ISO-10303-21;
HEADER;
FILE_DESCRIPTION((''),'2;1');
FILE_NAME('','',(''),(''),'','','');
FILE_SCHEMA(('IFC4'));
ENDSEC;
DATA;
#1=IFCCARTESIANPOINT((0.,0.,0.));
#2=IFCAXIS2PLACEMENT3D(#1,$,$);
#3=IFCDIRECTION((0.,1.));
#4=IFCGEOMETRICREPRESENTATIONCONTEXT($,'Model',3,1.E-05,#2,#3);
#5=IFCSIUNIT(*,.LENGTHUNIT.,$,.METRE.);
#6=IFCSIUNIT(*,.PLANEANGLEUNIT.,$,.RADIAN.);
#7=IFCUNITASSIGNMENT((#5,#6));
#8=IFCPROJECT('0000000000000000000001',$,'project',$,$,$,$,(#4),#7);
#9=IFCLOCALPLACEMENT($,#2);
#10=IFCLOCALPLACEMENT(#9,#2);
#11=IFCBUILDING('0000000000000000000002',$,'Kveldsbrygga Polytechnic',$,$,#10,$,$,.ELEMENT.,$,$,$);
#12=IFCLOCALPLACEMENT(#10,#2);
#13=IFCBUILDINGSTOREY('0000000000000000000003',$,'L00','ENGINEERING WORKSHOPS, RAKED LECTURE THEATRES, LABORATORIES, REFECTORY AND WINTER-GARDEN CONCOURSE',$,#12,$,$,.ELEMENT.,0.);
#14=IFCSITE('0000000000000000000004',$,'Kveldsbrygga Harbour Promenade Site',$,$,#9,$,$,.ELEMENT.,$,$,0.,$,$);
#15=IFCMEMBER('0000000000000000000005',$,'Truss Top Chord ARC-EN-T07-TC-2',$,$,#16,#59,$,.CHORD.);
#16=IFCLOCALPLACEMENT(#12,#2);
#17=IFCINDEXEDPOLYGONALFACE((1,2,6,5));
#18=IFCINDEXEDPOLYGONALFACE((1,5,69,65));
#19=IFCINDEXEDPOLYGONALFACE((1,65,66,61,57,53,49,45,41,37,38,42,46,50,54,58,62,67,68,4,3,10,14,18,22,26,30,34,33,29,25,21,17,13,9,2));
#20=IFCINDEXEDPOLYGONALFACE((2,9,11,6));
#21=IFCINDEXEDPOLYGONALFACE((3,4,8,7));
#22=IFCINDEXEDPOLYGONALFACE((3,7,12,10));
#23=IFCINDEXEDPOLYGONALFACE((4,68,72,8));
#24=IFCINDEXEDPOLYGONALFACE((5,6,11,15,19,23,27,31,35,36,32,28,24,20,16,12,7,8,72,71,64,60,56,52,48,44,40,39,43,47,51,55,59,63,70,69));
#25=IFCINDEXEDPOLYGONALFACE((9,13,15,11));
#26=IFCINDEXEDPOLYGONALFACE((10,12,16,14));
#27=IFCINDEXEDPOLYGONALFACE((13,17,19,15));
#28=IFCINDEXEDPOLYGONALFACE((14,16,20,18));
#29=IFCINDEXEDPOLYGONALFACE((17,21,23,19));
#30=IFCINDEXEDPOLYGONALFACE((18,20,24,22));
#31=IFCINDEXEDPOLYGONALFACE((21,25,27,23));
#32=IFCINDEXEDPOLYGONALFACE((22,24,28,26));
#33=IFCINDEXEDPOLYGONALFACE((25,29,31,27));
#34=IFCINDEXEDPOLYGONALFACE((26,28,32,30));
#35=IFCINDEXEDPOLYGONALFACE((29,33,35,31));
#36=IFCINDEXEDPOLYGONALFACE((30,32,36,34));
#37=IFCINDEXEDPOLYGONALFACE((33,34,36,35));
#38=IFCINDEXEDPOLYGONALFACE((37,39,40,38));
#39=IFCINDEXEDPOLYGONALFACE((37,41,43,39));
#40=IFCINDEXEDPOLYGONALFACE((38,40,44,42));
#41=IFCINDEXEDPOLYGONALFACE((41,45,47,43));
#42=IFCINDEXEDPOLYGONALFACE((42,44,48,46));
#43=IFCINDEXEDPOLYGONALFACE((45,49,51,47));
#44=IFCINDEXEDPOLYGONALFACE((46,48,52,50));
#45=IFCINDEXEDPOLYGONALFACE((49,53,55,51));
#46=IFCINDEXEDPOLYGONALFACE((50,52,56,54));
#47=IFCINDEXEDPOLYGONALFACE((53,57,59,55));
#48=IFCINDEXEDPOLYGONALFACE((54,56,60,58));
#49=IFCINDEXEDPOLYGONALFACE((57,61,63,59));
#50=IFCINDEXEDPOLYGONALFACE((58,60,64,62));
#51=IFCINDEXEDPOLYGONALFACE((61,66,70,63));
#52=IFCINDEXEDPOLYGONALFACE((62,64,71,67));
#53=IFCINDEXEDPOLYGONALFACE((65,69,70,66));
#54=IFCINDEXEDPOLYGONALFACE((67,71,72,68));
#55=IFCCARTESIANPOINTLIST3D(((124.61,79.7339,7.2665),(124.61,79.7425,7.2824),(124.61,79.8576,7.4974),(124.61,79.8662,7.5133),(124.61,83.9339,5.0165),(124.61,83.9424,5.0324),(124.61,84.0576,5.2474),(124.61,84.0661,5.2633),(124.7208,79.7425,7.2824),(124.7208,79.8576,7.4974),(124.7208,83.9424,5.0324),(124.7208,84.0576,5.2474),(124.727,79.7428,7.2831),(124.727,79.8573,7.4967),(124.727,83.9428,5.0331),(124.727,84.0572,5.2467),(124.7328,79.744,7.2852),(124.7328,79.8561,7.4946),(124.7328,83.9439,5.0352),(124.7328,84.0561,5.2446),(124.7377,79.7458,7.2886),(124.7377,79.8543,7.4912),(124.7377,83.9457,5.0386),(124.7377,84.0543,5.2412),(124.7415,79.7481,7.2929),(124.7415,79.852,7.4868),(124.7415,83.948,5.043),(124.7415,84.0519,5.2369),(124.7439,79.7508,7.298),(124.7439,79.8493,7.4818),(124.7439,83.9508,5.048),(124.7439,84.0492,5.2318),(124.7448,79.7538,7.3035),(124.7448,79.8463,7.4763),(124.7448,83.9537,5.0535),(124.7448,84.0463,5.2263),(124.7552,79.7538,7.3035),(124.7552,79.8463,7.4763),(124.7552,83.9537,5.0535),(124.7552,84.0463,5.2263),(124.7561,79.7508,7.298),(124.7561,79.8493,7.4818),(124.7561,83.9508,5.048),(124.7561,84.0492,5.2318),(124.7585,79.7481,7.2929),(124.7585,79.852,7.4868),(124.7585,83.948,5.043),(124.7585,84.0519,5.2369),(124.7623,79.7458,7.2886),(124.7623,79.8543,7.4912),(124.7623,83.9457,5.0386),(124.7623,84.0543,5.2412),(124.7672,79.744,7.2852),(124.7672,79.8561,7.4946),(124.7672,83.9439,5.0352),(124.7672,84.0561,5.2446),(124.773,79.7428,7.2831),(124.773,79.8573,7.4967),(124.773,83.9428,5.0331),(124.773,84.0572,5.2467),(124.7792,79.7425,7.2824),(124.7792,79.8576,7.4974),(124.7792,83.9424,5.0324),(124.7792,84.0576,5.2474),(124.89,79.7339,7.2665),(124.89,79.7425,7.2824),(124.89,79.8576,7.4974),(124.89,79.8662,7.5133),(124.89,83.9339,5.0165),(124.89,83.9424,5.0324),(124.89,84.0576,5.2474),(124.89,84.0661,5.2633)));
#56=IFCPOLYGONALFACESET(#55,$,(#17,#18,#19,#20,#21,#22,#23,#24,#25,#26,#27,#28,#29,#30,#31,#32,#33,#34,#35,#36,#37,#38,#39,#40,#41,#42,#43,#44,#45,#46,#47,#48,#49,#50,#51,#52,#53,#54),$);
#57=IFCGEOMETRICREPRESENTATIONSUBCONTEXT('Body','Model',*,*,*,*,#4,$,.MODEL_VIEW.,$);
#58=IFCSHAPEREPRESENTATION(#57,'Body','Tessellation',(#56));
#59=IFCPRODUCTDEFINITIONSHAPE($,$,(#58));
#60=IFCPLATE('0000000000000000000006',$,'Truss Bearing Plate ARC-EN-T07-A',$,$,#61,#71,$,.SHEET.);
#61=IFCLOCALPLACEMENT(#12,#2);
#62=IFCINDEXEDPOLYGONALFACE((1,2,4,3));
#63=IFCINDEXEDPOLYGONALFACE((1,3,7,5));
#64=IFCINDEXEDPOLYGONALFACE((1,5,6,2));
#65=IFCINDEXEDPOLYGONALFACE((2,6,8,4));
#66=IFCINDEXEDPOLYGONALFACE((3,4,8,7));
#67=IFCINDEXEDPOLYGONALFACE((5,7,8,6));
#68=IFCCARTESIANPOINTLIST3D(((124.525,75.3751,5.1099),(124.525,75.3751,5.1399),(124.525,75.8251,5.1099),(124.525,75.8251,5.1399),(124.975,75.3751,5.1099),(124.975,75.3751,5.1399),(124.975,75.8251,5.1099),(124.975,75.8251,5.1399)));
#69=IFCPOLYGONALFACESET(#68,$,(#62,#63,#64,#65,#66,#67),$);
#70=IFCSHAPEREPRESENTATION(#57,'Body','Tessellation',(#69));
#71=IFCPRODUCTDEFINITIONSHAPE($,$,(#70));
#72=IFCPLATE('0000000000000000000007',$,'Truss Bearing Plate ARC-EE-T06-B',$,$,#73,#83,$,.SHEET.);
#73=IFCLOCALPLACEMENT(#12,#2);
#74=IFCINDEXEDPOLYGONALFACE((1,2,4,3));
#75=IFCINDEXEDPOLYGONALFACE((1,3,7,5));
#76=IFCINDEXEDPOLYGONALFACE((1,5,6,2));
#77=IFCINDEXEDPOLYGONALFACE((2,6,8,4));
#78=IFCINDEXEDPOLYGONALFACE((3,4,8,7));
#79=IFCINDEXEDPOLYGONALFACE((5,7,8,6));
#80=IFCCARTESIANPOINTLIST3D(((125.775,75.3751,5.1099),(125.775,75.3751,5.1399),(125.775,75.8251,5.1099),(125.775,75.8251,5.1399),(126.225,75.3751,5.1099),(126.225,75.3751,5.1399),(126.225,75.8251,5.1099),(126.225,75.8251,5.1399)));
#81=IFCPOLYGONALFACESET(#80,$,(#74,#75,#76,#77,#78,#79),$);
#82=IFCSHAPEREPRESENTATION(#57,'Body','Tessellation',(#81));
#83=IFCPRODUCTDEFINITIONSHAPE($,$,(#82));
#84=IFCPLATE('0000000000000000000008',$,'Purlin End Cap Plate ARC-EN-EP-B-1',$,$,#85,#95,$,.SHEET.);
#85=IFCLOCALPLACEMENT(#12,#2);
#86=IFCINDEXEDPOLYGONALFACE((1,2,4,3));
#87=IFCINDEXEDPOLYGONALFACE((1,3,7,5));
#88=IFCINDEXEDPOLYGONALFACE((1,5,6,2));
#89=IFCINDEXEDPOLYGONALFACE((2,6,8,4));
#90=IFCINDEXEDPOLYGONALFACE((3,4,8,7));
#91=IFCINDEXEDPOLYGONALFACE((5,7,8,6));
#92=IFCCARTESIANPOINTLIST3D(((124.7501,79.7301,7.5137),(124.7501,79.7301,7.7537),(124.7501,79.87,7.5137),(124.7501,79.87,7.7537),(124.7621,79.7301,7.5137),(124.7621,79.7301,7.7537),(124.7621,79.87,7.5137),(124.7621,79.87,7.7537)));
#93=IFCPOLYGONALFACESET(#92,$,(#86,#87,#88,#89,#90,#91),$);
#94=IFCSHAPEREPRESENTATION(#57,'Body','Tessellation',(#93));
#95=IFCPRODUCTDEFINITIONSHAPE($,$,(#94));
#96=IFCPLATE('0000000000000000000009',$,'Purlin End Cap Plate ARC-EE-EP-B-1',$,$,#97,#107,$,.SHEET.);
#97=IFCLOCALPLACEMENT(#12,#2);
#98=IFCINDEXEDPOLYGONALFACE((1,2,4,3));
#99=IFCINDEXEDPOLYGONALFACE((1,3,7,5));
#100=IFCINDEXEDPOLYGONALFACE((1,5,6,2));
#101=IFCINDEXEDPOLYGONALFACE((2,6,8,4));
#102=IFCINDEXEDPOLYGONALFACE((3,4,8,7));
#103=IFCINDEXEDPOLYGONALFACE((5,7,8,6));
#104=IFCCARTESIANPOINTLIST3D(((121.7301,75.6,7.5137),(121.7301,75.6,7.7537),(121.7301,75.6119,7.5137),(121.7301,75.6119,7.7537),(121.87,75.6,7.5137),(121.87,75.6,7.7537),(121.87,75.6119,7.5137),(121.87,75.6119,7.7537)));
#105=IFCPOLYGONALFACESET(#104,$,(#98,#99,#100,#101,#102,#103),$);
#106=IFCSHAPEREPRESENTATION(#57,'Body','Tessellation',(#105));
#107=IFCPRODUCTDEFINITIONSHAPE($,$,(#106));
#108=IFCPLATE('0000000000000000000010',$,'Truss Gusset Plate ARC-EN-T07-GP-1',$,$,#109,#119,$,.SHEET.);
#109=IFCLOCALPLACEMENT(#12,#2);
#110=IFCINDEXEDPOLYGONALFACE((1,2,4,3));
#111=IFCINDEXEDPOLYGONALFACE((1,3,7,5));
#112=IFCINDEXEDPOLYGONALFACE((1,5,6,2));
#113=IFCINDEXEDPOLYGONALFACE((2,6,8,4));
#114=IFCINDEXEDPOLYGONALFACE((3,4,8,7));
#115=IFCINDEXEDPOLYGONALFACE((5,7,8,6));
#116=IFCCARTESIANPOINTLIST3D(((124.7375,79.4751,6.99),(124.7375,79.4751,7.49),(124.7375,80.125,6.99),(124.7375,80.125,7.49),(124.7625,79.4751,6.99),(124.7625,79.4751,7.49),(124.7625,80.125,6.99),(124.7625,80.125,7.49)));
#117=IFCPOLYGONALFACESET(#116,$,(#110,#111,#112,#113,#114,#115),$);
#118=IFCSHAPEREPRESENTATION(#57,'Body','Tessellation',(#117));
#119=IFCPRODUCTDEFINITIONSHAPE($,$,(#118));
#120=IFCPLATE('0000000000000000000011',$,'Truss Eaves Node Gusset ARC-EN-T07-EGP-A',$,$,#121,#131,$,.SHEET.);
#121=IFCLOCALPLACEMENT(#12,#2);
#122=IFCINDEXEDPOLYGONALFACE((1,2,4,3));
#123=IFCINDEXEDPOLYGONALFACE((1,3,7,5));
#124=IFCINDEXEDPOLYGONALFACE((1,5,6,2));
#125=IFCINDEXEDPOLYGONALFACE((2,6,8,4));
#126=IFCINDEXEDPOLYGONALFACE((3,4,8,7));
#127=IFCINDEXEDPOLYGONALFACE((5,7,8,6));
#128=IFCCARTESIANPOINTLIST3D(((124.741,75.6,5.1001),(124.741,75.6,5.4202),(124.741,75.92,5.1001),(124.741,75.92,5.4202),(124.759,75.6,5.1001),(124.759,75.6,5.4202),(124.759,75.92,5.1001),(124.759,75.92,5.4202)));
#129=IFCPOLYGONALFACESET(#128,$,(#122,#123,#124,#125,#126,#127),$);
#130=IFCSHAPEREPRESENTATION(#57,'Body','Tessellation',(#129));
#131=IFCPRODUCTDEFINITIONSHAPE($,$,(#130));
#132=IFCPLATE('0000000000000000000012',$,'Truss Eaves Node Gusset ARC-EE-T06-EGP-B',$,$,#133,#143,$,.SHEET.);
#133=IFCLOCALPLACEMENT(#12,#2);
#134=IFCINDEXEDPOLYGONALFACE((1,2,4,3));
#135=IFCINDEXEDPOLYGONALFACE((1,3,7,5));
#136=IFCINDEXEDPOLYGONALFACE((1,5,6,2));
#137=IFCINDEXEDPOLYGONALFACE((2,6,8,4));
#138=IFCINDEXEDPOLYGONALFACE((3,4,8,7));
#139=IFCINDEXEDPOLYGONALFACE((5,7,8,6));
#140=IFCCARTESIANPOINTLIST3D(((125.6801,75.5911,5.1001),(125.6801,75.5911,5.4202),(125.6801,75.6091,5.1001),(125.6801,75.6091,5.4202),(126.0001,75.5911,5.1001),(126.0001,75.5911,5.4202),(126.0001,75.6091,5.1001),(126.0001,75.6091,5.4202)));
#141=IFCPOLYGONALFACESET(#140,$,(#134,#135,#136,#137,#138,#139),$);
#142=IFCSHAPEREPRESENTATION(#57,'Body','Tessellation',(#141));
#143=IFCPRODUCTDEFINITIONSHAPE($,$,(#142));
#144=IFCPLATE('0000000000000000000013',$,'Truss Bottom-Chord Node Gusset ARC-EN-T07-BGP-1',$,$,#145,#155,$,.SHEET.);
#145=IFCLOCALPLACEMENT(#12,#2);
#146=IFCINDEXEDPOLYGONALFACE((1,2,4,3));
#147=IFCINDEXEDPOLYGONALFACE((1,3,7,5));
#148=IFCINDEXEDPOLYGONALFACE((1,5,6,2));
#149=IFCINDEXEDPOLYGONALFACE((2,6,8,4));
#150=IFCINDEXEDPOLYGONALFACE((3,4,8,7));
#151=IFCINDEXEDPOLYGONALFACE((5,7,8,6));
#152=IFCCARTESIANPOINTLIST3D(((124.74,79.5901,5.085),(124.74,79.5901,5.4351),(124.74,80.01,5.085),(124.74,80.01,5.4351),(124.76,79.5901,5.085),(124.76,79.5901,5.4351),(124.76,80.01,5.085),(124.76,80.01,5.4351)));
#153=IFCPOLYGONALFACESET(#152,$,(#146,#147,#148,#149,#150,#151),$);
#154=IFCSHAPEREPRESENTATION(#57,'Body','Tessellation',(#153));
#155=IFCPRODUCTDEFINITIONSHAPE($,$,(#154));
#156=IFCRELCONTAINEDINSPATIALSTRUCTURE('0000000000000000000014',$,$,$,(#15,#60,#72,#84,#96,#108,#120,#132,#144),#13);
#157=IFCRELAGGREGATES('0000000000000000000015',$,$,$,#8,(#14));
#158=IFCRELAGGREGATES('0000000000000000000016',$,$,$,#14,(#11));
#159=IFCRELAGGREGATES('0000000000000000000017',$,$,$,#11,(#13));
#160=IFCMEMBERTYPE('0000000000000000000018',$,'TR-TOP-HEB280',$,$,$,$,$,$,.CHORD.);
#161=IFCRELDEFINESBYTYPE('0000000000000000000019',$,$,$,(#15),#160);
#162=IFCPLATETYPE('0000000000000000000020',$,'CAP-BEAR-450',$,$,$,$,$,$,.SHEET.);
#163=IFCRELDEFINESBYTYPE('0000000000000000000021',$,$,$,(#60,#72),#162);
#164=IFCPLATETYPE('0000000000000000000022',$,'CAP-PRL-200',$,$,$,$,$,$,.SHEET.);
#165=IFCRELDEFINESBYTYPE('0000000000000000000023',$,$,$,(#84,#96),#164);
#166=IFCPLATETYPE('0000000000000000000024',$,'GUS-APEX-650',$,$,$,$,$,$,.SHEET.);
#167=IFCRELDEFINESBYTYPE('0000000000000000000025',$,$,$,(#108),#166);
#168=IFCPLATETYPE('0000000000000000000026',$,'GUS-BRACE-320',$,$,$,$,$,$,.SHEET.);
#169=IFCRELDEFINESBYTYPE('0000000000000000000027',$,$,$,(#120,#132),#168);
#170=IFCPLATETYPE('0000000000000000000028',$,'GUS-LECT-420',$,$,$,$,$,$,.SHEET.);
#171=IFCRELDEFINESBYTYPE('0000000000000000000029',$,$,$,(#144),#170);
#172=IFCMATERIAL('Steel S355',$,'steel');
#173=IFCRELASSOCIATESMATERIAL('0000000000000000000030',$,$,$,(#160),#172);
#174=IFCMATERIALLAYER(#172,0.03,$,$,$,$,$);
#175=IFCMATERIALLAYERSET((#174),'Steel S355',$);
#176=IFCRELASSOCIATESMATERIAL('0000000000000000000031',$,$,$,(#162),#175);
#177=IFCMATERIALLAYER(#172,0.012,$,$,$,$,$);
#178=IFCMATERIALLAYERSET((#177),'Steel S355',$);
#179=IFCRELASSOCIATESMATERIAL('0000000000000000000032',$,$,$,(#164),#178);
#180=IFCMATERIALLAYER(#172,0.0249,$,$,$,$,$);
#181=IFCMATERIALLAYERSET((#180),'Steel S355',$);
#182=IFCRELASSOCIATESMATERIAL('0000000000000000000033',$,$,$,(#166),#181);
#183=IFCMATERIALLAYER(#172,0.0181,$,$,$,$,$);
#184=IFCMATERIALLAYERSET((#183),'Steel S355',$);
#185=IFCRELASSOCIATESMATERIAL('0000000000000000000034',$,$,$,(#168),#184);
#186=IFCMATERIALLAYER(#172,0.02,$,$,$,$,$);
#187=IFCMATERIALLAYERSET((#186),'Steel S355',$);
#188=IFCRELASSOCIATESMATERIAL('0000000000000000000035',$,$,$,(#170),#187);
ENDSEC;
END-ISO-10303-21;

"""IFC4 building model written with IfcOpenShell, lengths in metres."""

from ifc_helpers import new_model, si_unit, direction, frame, origin, origin_2d, place, context, subcontext, project, spatial, rectangle, i_section, extrude, material, layer, layer_set, material_profile, profile_set, type_object, element, save


model = new_model("IFC4")

# Units and contexts
model_context = context("Model", 3, precision=1e-05, world=origin(), true_north=direction((0.0, 1.0)))
body_context = subcontext(model_context, "Body", "Model", "MODEL_VIEW")
ifc_project = project(units=[si_unit("LENGTHUNIT", "METRE"), si_unit("PLANEANGLEUNIT", "RADIAN")], contexts=[model_context])

# Site, building, storey
site_placement = place(None, origin())
site = spatial("IfcSite", under=ifc_project, at=site_placement, Name="Kveldsbrygga Harbour Promenade Site", CompositionType="ELEMENT", RefElevation=0.0)
building_placement = place(site_placement, origin())
building = spatial("IfcBuilding", under=site, at=building_placement, Name="Kveldsbrygga Polytechnic", CompositionType="ELEMENT")
storey_placement = place(building_placement, origin())
storey = spatial("IfcBuildingStorey", under=building, at=storey_placement, Name="L00", Description="ENGINEERING WORKSHOPS, RAKED LECTURE THEATRES, LABORATORIES, REFECTORY AND WINTER-GARDEN CONCOURSE", CompositionType="ELEMENT", Elevation=0.0)

# Member
ifc_material_1 = material(Name="Steel S355", Category="steel")
ifc_material_profile_1 = material_profile(ifc_material_1, i_section(OverallWidth=0.28, OverallDepth=0.28, WebThickness=0.0105, FlangeThickness=0.0181, FilletRadius=0.0239, at=origin_2d()), Name="HEB 280")
ifc_profile_set_1 = profile_set([ifc_material_profile_1], Name="Steel S355")
member_type_1 = type_object("IfcMemberType", Name="TR-TOP-HEB280", PredefinedType="CHORD", material=ifc_profile_set_1)
for number, where, z_axis, x_axis, name in (
    (1, (124.75, 79.8, 7.3899), (0.0, 0.881478, -0.472226), (-1.0, 0.0, 0.0), "Truss Top Chord ARC-EN-T07-TC-2"),
):
    element("IfcMember", number, at=place(storey_placement, frame(where, z_axis=z_axis, x_axis=x_axis)), inside=storey, type_object=member_type_1, Name=name, PredefinedType="CHORD", context=body_context, shape_type="SweptSolid", body=[
        extrude(i_section(OverallWidth=0.28, OverallDepth=0.28, WebThickness=0.0105, FlangeThickness=0.0181, FilletRadius=0.0239, at=origin_2d()), origin(), (0.0, 0.0, 1.0), 4.7646),
    ])

# Plates
ifc_layer_1 = layer(ifc_material_1, 0.03)
ifc_layer_set_1 = layer_set([ifc_layer_1], Name="Steel S355")
plate_type_1 = type_object("IfcPlateType", Name="CAP-BEAR-450", PredefinedType="SHEET", material=ifc_layer_set_1)
for number, where, z_axis, x_axis, name in (
    (2, (124.75, 75.6001, 5.1099), (0.0, 0.0, 1.0), (1.0, 0.0, 0.0), "Truss Bearing Plate ARC-EN-T07-A"),
    (3, (126.0, 75.6001, 5.1099), (0.0, 0.0, 1.0), (1.0, 0.0, 0.0), "Truss Bearing Plate ARC-EE-T06-B"),
):
    element("IfcPlate", number, at=place(storey_placement, frame(where, z_axis=z_axis, x_axis=x_axis)), inside=storey, type_object=plate_type_1, Name=name, PredefinedType="SHEET", context=body_context, shape_type="SweptSolid", body=[
        extrude(rectangle(XDim=0.45, YDim=0.45, at=origin_2d()), origin(), (0.0, 0.0, 1.0), 0.03),
    ])
ifc_layer_2 = layer(ifc_material_1, 0.012)
ifc_layer_set_2 = layer_set([ifc_layer_2], Name="Steel S355")
plate_type_2 = type_object("IfcPlateType", Name="CAP-PRL-200", PredefinedType="SHEET", material=ifc_layer_set_2)
plate_1_placement = place(storey_placement, frame((124.7561, 79.8, 7.5137), z_axis=(0.0, 0.0, 1.0), x_axis=(1.0, 0.0, 0.0)))
element("IfcPlate", 4, at=plate_1_placement, inside=storey, type_object=plate_type_2, Name="Purlin End Cap Plate ARC-EN-EP-B-1", PredefinedType="SHEET", context=body_context, shape_type="SweptSolid", body=[
    extrude(rectangle(XDim=0.012, YDim=0.1399, at=origin_2d()), origin(), (0.0, 0.0, 1.0), 0.24),
])
plate_2_placement = place(storey_placement, frame((121.8, 75.606, 7.5137), z_axis=(0.0, 0.0, 1.0), x_axis=(1.0, 0.0, 0.0)))
element("IfcPlate", 5, at=plate_2_placement, inside=storey, type_object=plate_type_2, Name="Purlin End Cap Plate ARC-EE-EP-B-1", PredefinedType="SHEET", context=body_context, shape_type="SweptSolid", body=[
    extrude(rectangle(XDim=0.1399, YDim=0.012, at=origin_2d()), origin(), (0.0, 0.0, 1.0), 0.24),
])
ifc_layer_3 = layer(ifc_material_1, 0.0249)
ifc_layer_set_3 = layer_set([ifc_layer_3], Name="Steel S355")
plate_type_3 = type_object("IfcPlateType", Name="GUS-APEX-650", PredefinedType="SHEET", material=ifc_layer_set_3)
plate_3_placement = place(storey_placement, frame((124.75, 79.8, 6.99), z_axis=(0.0, 0.0, 1.0), x_axis=(1.0, 0.0, 0.0)))
element("IfcPlate", 6, at=plate_3_placement, inside=storey, type_object=plate_type_3, Name="Truss Gusset Plate ARC-EN-T07-GP-1", PredefinedType="SHEET", context=body_context, shape_type="SweptSolid", body=[
    extrude(rectangle(XDim=0.0249, YDim=0.6499, at=origin_2d()), origin(), (0.0, 0.0, 1.0), 0.5),
])
ifc_layer_4 = layer(ifc_material_1, 0.0181)
ifc_layer_set_4 = layer_set([ifc_layer_4], Name="Steel S355")
plate_type_4 = type_object("IfcPlateType", Name="GUS-BRACE-320", PredefinedType="SHEET", material=ifc_layer_set_4)
plate_4_placement = place(storey_placement, frame((124.75, 75.76, 5.1001), z_axis=(0.0, 0.0, 1.0), x_axis=(1.0, 0.0, 0.0)))
element("IfcPlate", 7, at=plate_4_placement, inside=storey, type_object=plate_type_4, Name="Truss Eaves Node Gusset ARC-EN-T07-EGP-A", PredefinedType="SHEET", context=body_context, shape_type="SweptSolid", body=[
    extrude(rectangle(XDim=0.0181, YDim=0.3201, at=origin_2d()), origin(), (0.0, 0.0, 1.0), 0.3201),
])
plate_5_placement = place(storey_placement, frame((125.8401, 75.6001, 5.1001), z_axis=(0.0, 0.0, 1.0), x_axis=(1.0, 0.0, 0.0)))
element("IfcPlate", 8, at=plate_5_placement, inside=storey, type_object=plate_type_4, Name="Truss Eaves Node Gusset ARC-EE-T06-EGP-B", PredefinedType="SHEET", context=body_context, shape_type="SweptSolid", body=[
    extrude(rectangle(XDim=0.3201, YDim=0.0181, at=origin_2d()), origin(), (0.0, 0.0, 1.0), 0.3201),
])
ifc_layer_5 = layer(ifc_material_1, 0.02)
ifc_layer_set_5 = layer_set([ifc_layer_5], Name="Steel S355")
plate_type_5 = type_object("IfcPlateType", Name="GUS-LECT-420", PredefinedType="SHEET", material=ifc_layer_set_5)
plate_6_placement = place(storey_placement, frame((124.75, 79.8, 5.085), z_axis=(0.0, 0.0, 1.0), x_axis=(1.0, 0.0, 0.0)))
element("IfcPlate", 9, at=plate_6_placement, inside=storey, type_object=plate_type_5, Name="Truss Bottom-Chord Node Gusset ARC-EN-T07-BGP-1", PredefinedType="SHEET", context=body_context, shape_type="SweptSolid", body=[
    extrude(rectangle(XDim=0.02, YDim=0.4199, at=origin_2d()), origin(), (0.0, 0.0, 1.0), 0.3501),
])

save(model, "model.ifc")
